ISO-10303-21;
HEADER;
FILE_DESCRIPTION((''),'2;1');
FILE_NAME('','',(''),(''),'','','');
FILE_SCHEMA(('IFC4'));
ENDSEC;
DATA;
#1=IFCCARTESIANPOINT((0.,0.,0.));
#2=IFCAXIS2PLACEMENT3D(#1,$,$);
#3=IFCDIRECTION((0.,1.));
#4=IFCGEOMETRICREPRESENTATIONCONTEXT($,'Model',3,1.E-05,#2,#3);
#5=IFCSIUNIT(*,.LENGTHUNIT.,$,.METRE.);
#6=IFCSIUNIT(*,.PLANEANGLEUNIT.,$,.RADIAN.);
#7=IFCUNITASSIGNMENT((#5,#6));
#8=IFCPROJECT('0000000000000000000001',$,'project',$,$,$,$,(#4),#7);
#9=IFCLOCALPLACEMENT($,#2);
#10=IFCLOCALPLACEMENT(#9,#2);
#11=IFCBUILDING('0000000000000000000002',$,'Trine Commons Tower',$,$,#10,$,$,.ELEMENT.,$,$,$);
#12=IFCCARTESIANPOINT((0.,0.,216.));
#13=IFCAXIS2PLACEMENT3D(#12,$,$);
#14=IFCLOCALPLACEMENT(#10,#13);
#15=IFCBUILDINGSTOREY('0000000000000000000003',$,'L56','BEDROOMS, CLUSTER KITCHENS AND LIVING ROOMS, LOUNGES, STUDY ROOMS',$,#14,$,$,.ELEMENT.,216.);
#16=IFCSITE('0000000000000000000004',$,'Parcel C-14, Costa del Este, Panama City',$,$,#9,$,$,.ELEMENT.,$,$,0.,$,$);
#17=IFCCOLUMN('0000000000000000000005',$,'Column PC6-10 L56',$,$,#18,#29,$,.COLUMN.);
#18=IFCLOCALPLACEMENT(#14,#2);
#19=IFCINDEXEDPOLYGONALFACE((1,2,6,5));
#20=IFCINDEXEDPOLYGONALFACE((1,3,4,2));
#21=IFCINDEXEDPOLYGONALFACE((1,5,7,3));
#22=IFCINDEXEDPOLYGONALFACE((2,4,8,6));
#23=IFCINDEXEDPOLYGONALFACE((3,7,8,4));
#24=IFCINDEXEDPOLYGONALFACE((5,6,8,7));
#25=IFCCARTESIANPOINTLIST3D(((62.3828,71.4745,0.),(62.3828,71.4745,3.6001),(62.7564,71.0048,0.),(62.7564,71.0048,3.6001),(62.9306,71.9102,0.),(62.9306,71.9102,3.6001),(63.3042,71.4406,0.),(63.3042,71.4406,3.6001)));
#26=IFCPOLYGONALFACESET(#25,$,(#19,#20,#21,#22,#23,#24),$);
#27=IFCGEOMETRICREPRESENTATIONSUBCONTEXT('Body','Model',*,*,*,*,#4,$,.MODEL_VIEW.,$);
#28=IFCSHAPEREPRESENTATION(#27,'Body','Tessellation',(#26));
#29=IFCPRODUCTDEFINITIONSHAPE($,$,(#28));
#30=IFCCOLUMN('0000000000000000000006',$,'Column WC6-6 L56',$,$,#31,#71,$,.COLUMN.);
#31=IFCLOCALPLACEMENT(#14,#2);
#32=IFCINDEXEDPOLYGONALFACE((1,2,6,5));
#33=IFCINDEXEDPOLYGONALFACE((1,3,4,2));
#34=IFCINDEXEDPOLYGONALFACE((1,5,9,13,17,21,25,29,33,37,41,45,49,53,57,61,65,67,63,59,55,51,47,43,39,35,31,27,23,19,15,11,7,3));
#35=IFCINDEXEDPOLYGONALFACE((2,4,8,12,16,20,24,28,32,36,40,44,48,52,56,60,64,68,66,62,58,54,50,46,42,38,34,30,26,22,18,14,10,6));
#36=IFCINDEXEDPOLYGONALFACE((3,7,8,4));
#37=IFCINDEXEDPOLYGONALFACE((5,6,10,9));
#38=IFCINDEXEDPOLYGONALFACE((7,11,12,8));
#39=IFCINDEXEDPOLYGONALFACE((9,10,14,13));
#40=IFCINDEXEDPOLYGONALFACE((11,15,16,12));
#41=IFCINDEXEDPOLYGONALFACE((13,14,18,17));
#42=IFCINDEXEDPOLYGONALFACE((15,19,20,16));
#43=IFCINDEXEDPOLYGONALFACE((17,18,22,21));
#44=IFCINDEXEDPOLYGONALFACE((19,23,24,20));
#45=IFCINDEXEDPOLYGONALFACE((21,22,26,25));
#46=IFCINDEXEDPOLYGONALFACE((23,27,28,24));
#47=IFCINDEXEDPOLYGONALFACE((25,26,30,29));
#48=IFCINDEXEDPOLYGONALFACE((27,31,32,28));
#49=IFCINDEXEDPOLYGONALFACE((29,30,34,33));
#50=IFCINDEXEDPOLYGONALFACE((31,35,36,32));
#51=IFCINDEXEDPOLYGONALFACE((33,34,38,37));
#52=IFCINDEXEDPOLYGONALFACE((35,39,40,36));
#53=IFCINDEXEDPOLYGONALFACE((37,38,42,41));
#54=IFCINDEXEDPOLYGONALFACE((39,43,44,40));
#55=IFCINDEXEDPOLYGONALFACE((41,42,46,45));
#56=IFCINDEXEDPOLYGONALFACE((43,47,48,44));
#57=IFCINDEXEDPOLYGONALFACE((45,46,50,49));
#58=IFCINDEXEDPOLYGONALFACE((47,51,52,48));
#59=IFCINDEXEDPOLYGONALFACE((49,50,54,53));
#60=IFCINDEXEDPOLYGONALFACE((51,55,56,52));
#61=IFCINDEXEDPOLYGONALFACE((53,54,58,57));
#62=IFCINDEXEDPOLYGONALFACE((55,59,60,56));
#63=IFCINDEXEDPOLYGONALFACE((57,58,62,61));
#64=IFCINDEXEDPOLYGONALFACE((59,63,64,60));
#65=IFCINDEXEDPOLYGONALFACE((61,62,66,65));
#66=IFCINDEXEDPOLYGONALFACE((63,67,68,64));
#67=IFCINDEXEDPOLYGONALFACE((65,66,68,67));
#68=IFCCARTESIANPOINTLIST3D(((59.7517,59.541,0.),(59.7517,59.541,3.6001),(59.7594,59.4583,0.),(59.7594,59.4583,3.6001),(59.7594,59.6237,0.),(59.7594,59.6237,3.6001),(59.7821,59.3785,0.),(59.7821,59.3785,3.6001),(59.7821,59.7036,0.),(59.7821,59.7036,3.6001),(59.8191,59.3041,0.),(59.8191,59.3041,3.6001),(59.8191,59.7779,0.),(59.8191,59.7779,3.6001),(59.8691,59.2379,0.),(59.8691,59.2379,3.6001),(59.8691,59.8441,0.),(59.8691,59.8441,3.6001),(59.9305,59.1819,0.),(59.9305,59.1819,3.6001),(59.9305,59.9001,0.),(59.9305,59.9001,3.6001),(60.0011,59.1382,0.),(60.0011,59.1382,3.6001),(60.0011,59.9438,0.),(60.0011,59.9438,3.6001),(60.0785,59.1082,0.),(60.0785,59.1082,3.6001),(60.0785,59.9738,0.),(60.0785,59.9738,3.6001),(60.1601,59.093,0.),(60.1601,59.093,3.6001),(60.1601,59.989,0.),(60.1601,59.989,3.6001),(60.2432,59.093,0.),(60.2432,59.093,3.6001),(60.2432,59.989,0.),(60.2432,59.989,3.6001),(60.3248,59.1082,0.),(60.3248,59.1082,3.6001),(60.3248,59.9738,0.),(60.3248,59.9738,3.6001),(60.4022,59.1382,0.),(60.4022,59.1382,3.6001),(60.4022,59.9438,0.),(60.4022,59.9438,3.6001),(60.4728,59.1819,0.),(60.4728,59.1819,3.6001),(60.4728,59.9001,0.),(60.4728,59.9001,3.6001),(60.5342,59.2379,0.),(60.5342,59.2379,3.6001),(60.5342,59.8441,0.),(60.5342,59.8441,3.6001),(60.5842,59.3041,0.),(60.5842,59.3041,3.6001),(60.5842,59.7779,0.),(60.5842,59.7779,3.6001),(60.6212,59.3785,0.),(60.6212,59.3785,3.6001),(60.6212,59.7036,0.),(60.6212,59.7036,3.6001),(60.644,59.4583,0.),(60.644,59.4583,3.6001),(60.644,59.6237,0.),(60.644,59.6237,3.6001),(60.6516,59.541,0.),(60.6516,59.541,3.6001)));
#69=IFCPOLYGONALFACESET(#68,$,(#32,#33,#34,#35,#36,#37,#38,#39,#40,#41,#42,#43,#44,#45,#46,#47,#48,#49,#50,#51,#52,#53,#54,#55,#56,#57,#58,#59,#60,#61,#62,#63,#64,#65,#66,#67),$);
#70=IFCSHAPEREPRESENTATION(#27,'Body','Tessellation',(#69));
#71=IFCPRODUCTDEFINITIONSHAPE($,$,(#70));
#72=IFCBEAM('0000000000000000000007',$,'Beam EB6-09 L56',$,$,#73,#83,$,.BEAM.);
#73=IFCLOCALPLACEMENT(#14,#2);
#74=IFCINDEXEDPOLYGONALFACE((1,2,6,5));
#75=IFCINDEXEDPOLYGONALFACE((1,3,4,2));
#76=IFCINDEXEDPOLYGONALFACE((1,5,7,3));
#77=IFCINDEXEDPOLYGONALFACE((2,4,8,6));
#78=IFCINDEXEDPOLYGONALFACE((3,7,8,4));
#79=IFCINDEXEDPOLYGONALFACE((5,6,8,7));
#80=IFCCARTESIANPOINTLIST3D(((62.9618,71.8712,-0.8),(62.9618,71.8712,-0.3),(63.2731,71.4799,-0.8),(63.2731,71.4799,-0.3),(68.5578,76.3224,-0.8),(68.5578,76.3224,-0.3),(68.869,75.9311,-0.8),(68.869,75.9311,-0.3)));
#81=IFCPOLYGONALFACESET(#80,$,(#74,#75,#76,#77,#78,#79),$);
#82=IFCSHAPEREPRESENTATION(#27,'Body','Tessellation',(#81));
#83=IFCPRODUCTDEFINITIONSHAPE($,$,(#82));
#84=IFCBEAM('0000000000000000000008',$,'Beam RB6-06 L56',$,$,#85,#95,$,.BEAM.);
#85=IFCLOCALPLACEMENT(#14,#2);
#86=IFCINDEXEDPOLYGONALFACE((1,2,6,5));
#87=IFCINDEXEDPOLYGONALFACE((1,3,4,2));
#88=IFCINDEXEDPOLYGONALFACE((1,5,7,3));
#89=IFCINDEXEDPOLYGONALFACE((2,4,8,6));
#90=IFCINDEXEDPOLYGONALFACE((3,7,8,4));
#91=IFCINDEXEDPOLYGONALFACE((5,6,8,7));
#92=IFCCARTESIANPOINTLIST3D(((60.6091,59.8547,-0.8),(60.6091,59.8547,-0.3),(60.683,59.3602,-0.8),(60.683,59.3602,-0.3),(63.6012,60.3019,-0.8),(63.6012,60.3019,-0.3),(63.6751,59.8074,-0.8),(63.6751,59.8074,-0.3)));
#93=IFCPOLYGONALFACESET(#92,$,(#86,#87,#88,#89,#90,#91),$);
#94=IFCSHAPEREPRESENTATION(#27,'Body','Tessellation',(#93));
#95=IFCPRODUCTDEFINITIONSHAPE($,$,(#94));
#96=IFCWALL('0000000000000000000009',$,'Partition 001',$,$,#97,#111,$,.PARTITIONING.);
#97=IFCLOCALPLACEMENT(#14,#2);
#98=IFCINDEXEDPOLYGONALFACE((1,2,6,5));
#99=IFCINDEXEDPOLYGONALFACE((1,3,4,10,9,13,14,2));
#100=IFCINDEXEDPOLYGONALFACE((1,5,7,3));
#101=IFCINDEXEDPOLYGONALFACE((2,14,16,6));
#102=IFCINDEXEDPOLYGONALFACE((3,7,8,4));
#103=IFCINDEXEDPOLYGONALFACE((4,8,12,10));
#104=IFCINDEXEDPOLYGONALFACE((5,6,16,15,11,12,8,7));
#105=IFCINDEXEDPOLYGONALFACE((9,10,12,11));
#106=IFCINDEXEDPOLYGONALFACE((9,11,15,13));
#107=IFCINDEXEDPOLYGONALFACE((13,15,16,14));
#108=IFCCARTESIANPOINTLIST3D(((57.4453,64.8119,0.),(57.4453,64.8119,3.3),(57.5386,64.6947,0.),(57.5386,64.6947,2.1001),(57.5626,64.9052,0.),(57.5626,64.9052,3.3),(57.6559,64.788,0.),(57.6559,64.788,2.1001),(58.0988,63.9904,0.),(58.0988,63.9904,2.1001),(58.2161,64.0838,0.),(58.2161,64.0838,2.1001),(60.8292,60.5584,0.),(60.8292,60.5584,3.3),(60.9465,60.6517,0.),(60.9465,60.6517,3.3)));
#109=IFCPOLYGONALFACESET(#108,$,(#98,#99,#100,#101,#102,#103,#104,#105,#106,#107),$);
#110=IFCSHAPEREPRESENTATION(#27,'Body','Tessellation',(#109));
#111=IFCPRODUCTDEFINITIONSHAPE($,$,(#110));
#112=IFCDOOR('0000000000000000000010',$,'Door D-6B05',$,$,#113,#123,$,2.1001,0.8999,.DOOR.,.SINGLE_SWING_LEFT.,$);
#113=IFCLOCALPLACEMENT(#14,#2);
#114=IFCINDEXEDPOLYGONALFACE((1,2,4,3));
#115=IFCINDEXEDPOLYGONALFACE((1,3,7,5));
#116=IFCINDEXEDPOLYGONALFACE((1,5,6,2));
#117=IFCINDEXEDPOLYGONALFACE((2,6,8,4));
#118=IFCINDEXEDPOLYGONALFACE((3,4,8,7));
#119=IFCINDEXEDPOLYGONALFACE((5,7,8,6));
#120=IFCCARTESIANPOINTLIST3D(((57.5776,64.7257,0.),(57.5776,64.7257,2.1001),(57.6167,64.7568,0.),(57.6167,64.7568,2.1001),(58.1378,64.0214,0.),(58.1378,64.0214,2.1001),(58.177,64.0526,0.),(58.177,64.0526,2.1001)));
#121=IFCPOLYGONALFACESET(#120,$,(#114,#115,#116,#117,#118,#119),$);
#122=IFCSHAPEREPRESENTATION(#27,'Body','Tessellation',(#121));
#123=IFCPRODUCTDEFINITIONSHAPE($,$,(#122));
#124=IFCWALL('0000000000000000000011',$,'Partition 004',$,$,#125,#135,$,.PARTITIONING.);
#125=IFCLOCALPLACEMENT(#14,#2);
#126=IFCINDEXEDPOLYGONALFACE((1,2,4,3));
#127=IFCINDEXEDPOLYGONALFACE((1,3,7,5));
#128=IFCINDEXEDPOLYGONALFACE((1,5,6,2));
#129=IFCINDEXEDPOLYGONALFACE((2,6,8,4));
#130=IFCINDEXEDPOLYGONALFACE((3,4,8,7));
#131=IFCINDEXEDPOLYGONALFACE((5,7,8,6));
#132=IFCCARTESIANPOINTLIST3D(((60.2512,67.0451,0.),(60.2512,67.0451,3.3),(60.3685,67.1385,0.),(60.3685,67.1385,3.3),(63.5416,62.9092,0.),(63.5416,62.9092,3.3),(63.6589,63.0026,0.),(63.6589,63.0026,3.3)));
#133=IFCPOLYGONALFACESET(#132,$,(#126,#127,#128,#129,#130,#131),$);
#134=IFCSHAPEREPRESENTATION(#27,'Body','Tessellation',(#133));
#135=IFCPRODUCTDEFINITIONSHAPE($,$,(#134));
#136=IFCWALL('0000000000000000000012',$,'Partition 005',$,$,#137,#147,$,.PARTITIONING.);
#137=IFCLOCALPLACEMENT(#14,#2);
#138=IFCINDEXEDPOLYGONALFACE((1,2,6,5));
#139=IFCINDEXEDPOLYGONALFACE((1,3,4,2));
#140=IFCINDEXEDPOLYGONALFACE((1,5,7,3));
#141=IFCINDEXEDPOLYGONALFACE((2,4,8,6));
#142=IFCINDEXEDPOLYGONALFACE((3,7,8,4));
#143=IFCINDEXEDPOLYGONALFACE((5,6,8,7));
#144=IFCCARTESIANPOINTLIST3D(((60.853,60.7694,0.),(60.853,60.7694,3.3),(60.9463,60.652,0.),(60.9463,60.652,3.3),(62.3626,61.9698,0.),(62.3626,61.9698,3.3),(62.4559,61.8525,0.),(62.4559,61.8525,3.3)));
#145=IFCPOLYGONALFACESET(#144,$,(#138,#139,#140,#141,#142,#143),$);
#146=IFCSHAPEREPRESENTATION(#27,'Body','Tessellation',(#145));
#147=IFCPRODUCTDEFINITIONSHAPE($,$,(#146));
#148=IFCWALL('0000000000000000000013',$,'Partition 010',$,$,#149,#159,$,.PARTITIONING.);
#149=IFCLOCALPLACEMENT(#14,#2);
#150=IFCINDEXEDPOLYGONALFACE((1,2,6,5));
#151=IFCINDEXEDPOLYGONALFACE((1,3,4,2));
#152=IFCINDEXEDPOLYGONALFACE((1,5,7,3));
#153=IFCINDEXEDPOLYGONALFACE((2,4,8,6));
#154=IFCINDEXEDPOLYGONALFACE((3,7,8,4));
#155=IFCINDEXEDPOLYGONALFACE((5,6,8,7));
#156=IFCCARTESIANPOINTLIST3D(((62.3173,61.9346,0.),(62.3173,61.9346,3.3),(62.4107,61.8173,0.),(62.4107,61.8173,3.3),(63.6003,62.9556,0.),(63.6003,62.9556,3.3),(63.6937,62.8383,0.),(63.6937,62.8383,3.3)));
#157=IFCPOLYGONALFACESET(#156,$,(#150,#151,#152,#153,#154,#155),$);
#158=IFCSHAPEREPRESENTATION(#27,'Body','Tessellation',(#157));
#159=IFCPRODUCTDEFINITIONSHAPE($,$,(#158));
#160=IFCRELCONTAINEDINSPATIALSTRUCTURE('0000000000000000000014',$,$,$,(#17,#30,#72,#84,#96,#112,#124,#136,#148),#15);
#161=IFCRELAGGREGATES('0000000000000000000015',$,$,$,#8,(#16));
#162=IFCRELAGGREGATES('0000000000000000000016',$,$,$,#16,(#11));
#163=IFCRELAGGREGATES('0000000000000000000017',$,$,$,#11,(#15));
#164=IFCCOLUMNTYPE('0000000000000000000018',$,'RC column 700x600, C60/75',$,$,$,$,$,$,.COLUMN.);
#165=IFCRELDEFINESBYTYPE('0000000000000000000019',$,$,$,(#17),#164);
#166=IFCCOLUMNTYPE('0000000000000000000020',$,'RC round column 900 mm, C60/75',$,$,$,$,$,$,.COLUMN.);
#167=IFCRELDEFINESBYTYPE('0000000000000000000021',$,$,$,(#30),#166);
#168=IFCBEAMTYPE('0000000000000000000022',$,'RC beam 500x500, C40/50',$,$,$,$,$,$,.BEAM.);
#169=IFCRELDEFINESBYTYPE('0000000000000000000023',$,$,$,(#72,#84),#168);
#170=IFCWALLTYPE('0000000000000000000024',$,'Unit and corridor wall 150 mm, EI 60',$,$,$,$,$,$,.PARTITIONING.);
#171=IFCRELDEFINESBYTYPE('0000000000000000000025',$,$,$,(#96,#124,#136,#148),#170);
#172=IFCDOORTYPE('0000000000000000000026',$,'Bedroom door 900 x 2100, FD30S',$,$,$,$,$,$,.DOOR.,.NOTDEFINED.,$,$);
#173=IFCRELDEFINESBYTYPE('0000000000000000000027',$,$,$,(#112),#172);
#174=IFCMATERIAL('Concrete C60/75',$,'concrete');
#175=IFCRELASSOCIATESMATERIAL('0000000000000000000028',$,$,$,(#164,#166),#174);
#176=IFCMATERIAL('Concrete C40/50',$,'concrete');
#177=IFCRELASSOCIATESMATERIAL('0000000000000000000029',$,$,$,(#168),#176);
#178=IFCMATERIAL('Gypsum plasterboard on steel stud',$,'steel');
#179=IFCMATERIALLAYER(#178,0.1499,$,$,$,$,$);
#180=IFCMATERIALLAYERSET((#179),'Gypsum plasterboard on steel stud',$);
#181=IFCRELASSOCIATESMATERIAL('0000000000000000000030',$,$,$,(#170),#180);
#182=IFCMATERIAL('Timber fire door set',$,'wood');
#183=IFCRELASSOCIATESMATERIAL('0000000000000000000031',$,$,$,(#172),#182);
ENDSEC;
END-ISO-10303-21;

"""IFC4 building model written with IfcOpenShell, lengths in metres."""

from ifc_helpers import new_model, si_unit, direction, frame, frame_2d, origin, origin_2d, place, context, subcontext, project, spatial, rectangle, circle, extrude, material, layer, layer_set, material_profile, profile_set, type_object, element, fill, save


model = new_model("IFC4")

# Units and contexts
model_context = context("Model", 3, precision=1e-05, world=origin(), true_north=direction((0.0, 1.0)))
body_context = subcontext(model_context, "Body", "Model", "MODEL_VIEW")
ifc_project = project(units=[si_unit("LENGTHUNIT", "METRE"), si_unit("PLANEANGLEUNIT", "RADIAN")], contexts=[model_context])

# Site, building, storey
site_placement = place(None, origin())
site = spatial("IfcSite", under=ifc_project, at=site_placement, Name="Parcel C-14, Costa del Este, Panama City", CompositionType="ELEMENT", RefElevation=0.0)
building_placement = place(site_placement, origin())
building = spatial("IfcBuilding", under=site, at=building_placement, Name="Trine Commons Tower", CompositionType="ELEMENT")
storey_placement = place(building_placement, frame((0.0, 0.0, 216.0)))
storey = spatial("IfcBuildingStorey", under=building, at=storey_placement, Name="L56", Description="BEDROOMS, CLUSTER KITCHENS AND LIVING ROOMS, LOUNGES, STUDY ROOMS", CompositionType="ELEMENT", Elevation=216.0)

# Columns
ifc_material_1 = material(Name="Concrete C60/75", Category="concrete")
ifc_material_profile_1 = material_profile(ifc_material_1, rectangle(XDim=0.7, YDim=0.6001, at=origin_2d()), Name="RC 700x600")
ifc_profile_set_1 = profile_set([ifc_material_profile_1], Name="Concrete C60/75")
column_type_1 = type_object("IfcColumnType", Name="RC column 700x600, C60/75", PredefinedType="COLUMN", material=ifc_profile_set_1)
column_1_placement = place(storey_placement, frame((62.8435, 71.4575, 0.0), z_axis=(0.0, 0.0, 1.0), x_axis=(0.782608, 0.622515, 0.0)))
element("IfcColumn", 1, at=column_1_placement, inside=storey, type_object=column_type_1, Name="Column PC6-10 L56", PredefinedType="COLUMN", context=body_context, shape_type="SweptSolid", body=[
    extrude(rectangle(XDim=0.7, YDim=0.6001, at=origin_2d()), origin(), (0.0, 0.0, 1.0), 3.6001),
])
ifc_material_profile_2 = material_profile(ifc_material_1, circle(Radius=0.45, at=origin_2d()), Name="RC round 900")
ifc_profile_set_2 = profile_set([ifc_material_profile_2], Name="Concrete C60/75")
column_type_2 = type_object("IfcColumnType", Name="RC round column 900 mm, C60/75", PredefinedType="COLUMN", material=ifc_profile_set_2)
column_2_placement = place(storey_placement, frame((60.2017, 59.541, 0.0), z_axis=(0.0, 0.0, 1.0), x_axis=(1.0, 0.0, 0.0)))
element("IfcColumn", 2, at=column_2_placement, inside=storey, type_object=column_type_2, Name="Column WC6-6 L56", PredefinedType="COLUMN", context=body_context, shape_type="SweptSolid", body=[
    extrude(circle(Radius=0.45, at=origin_2d()), origin(), (0.0, 0.0, 1.0), 3.6001),
])

# Beams
ifc_material_2 = material(Name="Concrete C40/50", Category="concrete")
ifc_material_profile_3 = material_profile(ifc_material_2, rectangle(XDim=0.5, YDim=0.5, at=origin_2d()), Name="RC 500x500")
ifc_profile_set_3 = profile_set([ifc_material_profile_3], Name="Concrete C40/50")
beam_type = type_object("IfcBeamType", Name="RC beam 500x500, C40/50", PredefinedType="BEAM", material=ifc_profile_set_3)
beam_1_placement = place(storey_placement, frame((63.1174, 71.6755, -0.55), z_axis=(0.782611, 0.622511, 0.0), x_axis=(-0.622511, 0.782611, 0.0)))
element("IfcBeam", 3, at=beam_1_placement, inside=storey, type_object=beam_type, Name="Beam EB6-09 L56", PredefinedType="BEAM", context=body_context, shape_type="SweptSolid", body=[
    extrude(rectangle(XDim=0.5, YDim=0.5, at=origin_2d()), origin(), (0.0, 0.0, 1.0), 7.1504),
])
beam_2_placement = place(storey_placement, frame((63.6382, 60.0547, -0.55), z_axis=(-0.989012, -0.147835, 0.0), x_axis=(0.147835, -0.989012, 0.0)))
element("IfcBeam", 4, at=beam_2_placement, inside=storey, type_object=beam_type, Name="Beam RB6-06 L56", PredefinedType="BEAM", context=body_context, shape_type="SweptSolid", body=[
    extrude(rectangle(XDim=0.5, YDim=0.5, at=origin_2d()), origin(), (0.0, 0.0, 1.0), 3.0254),
])

# Wall, opening, door
ifc_material_3 = material(Name="Gypsum plasterboard on steel stud", Category="steel")
ifc_layer_1 = layer(ifc_material_3, 0.1499)
ifc_layer_set_1 = layer_set([ifc_layer_1], Name="Gypsum plasterboard on steel stud")
wall_type_1 = type_object("IfcWallType", Name="Unit and corridor wall 150 mm, EI 60", PredefinedType="PARTITIONING", material=ifc_layer_set_1)
wall_1_placement = place(storey_placement, frame((57.5039, 64.8586, 0.0), z_axis=(0.0, 0.0, 1.0), x_axis=(0.622567, -0.782566, 0.0)))
wall_1 = element("IfcWall", 5, at=wall_1_placement, inside=storey, type_object=wall_type_1, Name="Partition 001", PredefinedType="PARTITIONING", context=body_context, shape_type="SweptSolid", body=[
    extrude(rectangle(XDim=5.4353, YDim=0.1499, at=frame_2d((2.7178, 0.0))), origin(), (0.0, 0.0, 1.0), 3.3),
])
opening_1_placement = place(wall_1_placement, frame((0.1499, 0.0, 0.0)))
opening_1 = element("IfcOpeningElement", 6, at=opening_1_placement, cuts=wall_1, PredefinedType="OPENING", context=body_context, shape_type="SweptSolid", body=[
    extrude(rectangle(XDim=0.8999, YDim=2.1001, at=frame_2d((0.45, 1.05))), frame((0.0, 0.085, 0.0), z_axis=(0.0, -1.0, 0.0), x_axis=(1.0, 0.0, 0.0)), (0.0, 0.0, 1.0), 0.1699),
])
ifc_material_4 = material(Name="Timber fire door set", Category="wood")
door_type_1 = type_object("IfcDoorType", Name="Bedroom door 900 x 2100, FD30S", OperationType="NOTDEFINED", PredefinedType="DOOR", material=ifc_material_4)
door_1_placement = place(opening_1_placement, origin())
door_1 = element("IfcDoor", 7, at=door_1_placement, inside=storey, type_object=door_type_1, Name="Door D-6B05", OperationType="SINGLE_SWING_LEFT", OverallHeight=2.1001, OverallWidth=0.8999, PredefinedType="DOOR", context=body_context, shape_type="SweptSolid", body=[
    extrude(rectangle(XDim=0.8999, YDim=2.1001, at=frame_2d((0.45, 1.05))), frame((0.0, 0.0249, 0.0), z_axis=(0.0, -1.0, 0.0), x_axis=(1.0, 0.0, 0.0)), (0.0, 0.0, 1.0), 0.05),
])
fill(opening_1, door_1)

# Walls
wall_2_placement = place(storey_placement, frame((60.3098, 67.0918, 0.0), z_axis=(0.0, 0.0, 1.0), x_axis=(0.622586, -0.782551, 0.0)))
element("IfcWall", 8, at=wall_2_placement, inside=storey, type_object=wall_type_1, Name="Partition 004", PredefinedType="PARTITIONING", context=body_context, shape_type="SweptSolid", body=[
    extrude(rectangle(XDim=5.2852, YDim=0.1499, at=frame_2d((2.6426, 0.0))), origin(), (0.0, 0.0, 1.0), 3.3),
])
wall_3_placement = place(storey_placement, frame((60.8997, 60.7107, 0.0), z_axis=(0.0, 0.0, 1.0), x_axis=(0.782681, 0.622423, 0.0)))
element("IfcWall", 9, at=wall_3_placement, inside=storey, type_object=wall_type_1, Name="Partition 005", PredefinedType="PARTITIONING", context=body_context, shape_type="SweptSolid", body=[
    extrude(rectangle(XDim=1.9287, YDim=0.1499, at=frame_2d((0.9644, 0.0))), origin(), (0.0, 0.0, 1.0), 3.3),
])
wall_4_placement = place(storey_placement, frame((62.364, 61.876, 0.0), z_axis=(0.0, 0.0, 1.0), x_axis=(0.782464, 0.622696, 0.0)))
element("IfcWall", 10, at=wall_4_placement, inside=storey, type_object=wall_type_1, Name="Partition 010", PredefinedType="PARTITIONING", context=body_context, shape_type="SweptSolid", body=[
    extrude(rectangle(XDim=1.6396, YDim=0.1499, at=frame_2d((0.8198, 0.0))), origin(), (0.0, 0.0, 1.0), 3.3),
])

save(model, "model.ifc")
